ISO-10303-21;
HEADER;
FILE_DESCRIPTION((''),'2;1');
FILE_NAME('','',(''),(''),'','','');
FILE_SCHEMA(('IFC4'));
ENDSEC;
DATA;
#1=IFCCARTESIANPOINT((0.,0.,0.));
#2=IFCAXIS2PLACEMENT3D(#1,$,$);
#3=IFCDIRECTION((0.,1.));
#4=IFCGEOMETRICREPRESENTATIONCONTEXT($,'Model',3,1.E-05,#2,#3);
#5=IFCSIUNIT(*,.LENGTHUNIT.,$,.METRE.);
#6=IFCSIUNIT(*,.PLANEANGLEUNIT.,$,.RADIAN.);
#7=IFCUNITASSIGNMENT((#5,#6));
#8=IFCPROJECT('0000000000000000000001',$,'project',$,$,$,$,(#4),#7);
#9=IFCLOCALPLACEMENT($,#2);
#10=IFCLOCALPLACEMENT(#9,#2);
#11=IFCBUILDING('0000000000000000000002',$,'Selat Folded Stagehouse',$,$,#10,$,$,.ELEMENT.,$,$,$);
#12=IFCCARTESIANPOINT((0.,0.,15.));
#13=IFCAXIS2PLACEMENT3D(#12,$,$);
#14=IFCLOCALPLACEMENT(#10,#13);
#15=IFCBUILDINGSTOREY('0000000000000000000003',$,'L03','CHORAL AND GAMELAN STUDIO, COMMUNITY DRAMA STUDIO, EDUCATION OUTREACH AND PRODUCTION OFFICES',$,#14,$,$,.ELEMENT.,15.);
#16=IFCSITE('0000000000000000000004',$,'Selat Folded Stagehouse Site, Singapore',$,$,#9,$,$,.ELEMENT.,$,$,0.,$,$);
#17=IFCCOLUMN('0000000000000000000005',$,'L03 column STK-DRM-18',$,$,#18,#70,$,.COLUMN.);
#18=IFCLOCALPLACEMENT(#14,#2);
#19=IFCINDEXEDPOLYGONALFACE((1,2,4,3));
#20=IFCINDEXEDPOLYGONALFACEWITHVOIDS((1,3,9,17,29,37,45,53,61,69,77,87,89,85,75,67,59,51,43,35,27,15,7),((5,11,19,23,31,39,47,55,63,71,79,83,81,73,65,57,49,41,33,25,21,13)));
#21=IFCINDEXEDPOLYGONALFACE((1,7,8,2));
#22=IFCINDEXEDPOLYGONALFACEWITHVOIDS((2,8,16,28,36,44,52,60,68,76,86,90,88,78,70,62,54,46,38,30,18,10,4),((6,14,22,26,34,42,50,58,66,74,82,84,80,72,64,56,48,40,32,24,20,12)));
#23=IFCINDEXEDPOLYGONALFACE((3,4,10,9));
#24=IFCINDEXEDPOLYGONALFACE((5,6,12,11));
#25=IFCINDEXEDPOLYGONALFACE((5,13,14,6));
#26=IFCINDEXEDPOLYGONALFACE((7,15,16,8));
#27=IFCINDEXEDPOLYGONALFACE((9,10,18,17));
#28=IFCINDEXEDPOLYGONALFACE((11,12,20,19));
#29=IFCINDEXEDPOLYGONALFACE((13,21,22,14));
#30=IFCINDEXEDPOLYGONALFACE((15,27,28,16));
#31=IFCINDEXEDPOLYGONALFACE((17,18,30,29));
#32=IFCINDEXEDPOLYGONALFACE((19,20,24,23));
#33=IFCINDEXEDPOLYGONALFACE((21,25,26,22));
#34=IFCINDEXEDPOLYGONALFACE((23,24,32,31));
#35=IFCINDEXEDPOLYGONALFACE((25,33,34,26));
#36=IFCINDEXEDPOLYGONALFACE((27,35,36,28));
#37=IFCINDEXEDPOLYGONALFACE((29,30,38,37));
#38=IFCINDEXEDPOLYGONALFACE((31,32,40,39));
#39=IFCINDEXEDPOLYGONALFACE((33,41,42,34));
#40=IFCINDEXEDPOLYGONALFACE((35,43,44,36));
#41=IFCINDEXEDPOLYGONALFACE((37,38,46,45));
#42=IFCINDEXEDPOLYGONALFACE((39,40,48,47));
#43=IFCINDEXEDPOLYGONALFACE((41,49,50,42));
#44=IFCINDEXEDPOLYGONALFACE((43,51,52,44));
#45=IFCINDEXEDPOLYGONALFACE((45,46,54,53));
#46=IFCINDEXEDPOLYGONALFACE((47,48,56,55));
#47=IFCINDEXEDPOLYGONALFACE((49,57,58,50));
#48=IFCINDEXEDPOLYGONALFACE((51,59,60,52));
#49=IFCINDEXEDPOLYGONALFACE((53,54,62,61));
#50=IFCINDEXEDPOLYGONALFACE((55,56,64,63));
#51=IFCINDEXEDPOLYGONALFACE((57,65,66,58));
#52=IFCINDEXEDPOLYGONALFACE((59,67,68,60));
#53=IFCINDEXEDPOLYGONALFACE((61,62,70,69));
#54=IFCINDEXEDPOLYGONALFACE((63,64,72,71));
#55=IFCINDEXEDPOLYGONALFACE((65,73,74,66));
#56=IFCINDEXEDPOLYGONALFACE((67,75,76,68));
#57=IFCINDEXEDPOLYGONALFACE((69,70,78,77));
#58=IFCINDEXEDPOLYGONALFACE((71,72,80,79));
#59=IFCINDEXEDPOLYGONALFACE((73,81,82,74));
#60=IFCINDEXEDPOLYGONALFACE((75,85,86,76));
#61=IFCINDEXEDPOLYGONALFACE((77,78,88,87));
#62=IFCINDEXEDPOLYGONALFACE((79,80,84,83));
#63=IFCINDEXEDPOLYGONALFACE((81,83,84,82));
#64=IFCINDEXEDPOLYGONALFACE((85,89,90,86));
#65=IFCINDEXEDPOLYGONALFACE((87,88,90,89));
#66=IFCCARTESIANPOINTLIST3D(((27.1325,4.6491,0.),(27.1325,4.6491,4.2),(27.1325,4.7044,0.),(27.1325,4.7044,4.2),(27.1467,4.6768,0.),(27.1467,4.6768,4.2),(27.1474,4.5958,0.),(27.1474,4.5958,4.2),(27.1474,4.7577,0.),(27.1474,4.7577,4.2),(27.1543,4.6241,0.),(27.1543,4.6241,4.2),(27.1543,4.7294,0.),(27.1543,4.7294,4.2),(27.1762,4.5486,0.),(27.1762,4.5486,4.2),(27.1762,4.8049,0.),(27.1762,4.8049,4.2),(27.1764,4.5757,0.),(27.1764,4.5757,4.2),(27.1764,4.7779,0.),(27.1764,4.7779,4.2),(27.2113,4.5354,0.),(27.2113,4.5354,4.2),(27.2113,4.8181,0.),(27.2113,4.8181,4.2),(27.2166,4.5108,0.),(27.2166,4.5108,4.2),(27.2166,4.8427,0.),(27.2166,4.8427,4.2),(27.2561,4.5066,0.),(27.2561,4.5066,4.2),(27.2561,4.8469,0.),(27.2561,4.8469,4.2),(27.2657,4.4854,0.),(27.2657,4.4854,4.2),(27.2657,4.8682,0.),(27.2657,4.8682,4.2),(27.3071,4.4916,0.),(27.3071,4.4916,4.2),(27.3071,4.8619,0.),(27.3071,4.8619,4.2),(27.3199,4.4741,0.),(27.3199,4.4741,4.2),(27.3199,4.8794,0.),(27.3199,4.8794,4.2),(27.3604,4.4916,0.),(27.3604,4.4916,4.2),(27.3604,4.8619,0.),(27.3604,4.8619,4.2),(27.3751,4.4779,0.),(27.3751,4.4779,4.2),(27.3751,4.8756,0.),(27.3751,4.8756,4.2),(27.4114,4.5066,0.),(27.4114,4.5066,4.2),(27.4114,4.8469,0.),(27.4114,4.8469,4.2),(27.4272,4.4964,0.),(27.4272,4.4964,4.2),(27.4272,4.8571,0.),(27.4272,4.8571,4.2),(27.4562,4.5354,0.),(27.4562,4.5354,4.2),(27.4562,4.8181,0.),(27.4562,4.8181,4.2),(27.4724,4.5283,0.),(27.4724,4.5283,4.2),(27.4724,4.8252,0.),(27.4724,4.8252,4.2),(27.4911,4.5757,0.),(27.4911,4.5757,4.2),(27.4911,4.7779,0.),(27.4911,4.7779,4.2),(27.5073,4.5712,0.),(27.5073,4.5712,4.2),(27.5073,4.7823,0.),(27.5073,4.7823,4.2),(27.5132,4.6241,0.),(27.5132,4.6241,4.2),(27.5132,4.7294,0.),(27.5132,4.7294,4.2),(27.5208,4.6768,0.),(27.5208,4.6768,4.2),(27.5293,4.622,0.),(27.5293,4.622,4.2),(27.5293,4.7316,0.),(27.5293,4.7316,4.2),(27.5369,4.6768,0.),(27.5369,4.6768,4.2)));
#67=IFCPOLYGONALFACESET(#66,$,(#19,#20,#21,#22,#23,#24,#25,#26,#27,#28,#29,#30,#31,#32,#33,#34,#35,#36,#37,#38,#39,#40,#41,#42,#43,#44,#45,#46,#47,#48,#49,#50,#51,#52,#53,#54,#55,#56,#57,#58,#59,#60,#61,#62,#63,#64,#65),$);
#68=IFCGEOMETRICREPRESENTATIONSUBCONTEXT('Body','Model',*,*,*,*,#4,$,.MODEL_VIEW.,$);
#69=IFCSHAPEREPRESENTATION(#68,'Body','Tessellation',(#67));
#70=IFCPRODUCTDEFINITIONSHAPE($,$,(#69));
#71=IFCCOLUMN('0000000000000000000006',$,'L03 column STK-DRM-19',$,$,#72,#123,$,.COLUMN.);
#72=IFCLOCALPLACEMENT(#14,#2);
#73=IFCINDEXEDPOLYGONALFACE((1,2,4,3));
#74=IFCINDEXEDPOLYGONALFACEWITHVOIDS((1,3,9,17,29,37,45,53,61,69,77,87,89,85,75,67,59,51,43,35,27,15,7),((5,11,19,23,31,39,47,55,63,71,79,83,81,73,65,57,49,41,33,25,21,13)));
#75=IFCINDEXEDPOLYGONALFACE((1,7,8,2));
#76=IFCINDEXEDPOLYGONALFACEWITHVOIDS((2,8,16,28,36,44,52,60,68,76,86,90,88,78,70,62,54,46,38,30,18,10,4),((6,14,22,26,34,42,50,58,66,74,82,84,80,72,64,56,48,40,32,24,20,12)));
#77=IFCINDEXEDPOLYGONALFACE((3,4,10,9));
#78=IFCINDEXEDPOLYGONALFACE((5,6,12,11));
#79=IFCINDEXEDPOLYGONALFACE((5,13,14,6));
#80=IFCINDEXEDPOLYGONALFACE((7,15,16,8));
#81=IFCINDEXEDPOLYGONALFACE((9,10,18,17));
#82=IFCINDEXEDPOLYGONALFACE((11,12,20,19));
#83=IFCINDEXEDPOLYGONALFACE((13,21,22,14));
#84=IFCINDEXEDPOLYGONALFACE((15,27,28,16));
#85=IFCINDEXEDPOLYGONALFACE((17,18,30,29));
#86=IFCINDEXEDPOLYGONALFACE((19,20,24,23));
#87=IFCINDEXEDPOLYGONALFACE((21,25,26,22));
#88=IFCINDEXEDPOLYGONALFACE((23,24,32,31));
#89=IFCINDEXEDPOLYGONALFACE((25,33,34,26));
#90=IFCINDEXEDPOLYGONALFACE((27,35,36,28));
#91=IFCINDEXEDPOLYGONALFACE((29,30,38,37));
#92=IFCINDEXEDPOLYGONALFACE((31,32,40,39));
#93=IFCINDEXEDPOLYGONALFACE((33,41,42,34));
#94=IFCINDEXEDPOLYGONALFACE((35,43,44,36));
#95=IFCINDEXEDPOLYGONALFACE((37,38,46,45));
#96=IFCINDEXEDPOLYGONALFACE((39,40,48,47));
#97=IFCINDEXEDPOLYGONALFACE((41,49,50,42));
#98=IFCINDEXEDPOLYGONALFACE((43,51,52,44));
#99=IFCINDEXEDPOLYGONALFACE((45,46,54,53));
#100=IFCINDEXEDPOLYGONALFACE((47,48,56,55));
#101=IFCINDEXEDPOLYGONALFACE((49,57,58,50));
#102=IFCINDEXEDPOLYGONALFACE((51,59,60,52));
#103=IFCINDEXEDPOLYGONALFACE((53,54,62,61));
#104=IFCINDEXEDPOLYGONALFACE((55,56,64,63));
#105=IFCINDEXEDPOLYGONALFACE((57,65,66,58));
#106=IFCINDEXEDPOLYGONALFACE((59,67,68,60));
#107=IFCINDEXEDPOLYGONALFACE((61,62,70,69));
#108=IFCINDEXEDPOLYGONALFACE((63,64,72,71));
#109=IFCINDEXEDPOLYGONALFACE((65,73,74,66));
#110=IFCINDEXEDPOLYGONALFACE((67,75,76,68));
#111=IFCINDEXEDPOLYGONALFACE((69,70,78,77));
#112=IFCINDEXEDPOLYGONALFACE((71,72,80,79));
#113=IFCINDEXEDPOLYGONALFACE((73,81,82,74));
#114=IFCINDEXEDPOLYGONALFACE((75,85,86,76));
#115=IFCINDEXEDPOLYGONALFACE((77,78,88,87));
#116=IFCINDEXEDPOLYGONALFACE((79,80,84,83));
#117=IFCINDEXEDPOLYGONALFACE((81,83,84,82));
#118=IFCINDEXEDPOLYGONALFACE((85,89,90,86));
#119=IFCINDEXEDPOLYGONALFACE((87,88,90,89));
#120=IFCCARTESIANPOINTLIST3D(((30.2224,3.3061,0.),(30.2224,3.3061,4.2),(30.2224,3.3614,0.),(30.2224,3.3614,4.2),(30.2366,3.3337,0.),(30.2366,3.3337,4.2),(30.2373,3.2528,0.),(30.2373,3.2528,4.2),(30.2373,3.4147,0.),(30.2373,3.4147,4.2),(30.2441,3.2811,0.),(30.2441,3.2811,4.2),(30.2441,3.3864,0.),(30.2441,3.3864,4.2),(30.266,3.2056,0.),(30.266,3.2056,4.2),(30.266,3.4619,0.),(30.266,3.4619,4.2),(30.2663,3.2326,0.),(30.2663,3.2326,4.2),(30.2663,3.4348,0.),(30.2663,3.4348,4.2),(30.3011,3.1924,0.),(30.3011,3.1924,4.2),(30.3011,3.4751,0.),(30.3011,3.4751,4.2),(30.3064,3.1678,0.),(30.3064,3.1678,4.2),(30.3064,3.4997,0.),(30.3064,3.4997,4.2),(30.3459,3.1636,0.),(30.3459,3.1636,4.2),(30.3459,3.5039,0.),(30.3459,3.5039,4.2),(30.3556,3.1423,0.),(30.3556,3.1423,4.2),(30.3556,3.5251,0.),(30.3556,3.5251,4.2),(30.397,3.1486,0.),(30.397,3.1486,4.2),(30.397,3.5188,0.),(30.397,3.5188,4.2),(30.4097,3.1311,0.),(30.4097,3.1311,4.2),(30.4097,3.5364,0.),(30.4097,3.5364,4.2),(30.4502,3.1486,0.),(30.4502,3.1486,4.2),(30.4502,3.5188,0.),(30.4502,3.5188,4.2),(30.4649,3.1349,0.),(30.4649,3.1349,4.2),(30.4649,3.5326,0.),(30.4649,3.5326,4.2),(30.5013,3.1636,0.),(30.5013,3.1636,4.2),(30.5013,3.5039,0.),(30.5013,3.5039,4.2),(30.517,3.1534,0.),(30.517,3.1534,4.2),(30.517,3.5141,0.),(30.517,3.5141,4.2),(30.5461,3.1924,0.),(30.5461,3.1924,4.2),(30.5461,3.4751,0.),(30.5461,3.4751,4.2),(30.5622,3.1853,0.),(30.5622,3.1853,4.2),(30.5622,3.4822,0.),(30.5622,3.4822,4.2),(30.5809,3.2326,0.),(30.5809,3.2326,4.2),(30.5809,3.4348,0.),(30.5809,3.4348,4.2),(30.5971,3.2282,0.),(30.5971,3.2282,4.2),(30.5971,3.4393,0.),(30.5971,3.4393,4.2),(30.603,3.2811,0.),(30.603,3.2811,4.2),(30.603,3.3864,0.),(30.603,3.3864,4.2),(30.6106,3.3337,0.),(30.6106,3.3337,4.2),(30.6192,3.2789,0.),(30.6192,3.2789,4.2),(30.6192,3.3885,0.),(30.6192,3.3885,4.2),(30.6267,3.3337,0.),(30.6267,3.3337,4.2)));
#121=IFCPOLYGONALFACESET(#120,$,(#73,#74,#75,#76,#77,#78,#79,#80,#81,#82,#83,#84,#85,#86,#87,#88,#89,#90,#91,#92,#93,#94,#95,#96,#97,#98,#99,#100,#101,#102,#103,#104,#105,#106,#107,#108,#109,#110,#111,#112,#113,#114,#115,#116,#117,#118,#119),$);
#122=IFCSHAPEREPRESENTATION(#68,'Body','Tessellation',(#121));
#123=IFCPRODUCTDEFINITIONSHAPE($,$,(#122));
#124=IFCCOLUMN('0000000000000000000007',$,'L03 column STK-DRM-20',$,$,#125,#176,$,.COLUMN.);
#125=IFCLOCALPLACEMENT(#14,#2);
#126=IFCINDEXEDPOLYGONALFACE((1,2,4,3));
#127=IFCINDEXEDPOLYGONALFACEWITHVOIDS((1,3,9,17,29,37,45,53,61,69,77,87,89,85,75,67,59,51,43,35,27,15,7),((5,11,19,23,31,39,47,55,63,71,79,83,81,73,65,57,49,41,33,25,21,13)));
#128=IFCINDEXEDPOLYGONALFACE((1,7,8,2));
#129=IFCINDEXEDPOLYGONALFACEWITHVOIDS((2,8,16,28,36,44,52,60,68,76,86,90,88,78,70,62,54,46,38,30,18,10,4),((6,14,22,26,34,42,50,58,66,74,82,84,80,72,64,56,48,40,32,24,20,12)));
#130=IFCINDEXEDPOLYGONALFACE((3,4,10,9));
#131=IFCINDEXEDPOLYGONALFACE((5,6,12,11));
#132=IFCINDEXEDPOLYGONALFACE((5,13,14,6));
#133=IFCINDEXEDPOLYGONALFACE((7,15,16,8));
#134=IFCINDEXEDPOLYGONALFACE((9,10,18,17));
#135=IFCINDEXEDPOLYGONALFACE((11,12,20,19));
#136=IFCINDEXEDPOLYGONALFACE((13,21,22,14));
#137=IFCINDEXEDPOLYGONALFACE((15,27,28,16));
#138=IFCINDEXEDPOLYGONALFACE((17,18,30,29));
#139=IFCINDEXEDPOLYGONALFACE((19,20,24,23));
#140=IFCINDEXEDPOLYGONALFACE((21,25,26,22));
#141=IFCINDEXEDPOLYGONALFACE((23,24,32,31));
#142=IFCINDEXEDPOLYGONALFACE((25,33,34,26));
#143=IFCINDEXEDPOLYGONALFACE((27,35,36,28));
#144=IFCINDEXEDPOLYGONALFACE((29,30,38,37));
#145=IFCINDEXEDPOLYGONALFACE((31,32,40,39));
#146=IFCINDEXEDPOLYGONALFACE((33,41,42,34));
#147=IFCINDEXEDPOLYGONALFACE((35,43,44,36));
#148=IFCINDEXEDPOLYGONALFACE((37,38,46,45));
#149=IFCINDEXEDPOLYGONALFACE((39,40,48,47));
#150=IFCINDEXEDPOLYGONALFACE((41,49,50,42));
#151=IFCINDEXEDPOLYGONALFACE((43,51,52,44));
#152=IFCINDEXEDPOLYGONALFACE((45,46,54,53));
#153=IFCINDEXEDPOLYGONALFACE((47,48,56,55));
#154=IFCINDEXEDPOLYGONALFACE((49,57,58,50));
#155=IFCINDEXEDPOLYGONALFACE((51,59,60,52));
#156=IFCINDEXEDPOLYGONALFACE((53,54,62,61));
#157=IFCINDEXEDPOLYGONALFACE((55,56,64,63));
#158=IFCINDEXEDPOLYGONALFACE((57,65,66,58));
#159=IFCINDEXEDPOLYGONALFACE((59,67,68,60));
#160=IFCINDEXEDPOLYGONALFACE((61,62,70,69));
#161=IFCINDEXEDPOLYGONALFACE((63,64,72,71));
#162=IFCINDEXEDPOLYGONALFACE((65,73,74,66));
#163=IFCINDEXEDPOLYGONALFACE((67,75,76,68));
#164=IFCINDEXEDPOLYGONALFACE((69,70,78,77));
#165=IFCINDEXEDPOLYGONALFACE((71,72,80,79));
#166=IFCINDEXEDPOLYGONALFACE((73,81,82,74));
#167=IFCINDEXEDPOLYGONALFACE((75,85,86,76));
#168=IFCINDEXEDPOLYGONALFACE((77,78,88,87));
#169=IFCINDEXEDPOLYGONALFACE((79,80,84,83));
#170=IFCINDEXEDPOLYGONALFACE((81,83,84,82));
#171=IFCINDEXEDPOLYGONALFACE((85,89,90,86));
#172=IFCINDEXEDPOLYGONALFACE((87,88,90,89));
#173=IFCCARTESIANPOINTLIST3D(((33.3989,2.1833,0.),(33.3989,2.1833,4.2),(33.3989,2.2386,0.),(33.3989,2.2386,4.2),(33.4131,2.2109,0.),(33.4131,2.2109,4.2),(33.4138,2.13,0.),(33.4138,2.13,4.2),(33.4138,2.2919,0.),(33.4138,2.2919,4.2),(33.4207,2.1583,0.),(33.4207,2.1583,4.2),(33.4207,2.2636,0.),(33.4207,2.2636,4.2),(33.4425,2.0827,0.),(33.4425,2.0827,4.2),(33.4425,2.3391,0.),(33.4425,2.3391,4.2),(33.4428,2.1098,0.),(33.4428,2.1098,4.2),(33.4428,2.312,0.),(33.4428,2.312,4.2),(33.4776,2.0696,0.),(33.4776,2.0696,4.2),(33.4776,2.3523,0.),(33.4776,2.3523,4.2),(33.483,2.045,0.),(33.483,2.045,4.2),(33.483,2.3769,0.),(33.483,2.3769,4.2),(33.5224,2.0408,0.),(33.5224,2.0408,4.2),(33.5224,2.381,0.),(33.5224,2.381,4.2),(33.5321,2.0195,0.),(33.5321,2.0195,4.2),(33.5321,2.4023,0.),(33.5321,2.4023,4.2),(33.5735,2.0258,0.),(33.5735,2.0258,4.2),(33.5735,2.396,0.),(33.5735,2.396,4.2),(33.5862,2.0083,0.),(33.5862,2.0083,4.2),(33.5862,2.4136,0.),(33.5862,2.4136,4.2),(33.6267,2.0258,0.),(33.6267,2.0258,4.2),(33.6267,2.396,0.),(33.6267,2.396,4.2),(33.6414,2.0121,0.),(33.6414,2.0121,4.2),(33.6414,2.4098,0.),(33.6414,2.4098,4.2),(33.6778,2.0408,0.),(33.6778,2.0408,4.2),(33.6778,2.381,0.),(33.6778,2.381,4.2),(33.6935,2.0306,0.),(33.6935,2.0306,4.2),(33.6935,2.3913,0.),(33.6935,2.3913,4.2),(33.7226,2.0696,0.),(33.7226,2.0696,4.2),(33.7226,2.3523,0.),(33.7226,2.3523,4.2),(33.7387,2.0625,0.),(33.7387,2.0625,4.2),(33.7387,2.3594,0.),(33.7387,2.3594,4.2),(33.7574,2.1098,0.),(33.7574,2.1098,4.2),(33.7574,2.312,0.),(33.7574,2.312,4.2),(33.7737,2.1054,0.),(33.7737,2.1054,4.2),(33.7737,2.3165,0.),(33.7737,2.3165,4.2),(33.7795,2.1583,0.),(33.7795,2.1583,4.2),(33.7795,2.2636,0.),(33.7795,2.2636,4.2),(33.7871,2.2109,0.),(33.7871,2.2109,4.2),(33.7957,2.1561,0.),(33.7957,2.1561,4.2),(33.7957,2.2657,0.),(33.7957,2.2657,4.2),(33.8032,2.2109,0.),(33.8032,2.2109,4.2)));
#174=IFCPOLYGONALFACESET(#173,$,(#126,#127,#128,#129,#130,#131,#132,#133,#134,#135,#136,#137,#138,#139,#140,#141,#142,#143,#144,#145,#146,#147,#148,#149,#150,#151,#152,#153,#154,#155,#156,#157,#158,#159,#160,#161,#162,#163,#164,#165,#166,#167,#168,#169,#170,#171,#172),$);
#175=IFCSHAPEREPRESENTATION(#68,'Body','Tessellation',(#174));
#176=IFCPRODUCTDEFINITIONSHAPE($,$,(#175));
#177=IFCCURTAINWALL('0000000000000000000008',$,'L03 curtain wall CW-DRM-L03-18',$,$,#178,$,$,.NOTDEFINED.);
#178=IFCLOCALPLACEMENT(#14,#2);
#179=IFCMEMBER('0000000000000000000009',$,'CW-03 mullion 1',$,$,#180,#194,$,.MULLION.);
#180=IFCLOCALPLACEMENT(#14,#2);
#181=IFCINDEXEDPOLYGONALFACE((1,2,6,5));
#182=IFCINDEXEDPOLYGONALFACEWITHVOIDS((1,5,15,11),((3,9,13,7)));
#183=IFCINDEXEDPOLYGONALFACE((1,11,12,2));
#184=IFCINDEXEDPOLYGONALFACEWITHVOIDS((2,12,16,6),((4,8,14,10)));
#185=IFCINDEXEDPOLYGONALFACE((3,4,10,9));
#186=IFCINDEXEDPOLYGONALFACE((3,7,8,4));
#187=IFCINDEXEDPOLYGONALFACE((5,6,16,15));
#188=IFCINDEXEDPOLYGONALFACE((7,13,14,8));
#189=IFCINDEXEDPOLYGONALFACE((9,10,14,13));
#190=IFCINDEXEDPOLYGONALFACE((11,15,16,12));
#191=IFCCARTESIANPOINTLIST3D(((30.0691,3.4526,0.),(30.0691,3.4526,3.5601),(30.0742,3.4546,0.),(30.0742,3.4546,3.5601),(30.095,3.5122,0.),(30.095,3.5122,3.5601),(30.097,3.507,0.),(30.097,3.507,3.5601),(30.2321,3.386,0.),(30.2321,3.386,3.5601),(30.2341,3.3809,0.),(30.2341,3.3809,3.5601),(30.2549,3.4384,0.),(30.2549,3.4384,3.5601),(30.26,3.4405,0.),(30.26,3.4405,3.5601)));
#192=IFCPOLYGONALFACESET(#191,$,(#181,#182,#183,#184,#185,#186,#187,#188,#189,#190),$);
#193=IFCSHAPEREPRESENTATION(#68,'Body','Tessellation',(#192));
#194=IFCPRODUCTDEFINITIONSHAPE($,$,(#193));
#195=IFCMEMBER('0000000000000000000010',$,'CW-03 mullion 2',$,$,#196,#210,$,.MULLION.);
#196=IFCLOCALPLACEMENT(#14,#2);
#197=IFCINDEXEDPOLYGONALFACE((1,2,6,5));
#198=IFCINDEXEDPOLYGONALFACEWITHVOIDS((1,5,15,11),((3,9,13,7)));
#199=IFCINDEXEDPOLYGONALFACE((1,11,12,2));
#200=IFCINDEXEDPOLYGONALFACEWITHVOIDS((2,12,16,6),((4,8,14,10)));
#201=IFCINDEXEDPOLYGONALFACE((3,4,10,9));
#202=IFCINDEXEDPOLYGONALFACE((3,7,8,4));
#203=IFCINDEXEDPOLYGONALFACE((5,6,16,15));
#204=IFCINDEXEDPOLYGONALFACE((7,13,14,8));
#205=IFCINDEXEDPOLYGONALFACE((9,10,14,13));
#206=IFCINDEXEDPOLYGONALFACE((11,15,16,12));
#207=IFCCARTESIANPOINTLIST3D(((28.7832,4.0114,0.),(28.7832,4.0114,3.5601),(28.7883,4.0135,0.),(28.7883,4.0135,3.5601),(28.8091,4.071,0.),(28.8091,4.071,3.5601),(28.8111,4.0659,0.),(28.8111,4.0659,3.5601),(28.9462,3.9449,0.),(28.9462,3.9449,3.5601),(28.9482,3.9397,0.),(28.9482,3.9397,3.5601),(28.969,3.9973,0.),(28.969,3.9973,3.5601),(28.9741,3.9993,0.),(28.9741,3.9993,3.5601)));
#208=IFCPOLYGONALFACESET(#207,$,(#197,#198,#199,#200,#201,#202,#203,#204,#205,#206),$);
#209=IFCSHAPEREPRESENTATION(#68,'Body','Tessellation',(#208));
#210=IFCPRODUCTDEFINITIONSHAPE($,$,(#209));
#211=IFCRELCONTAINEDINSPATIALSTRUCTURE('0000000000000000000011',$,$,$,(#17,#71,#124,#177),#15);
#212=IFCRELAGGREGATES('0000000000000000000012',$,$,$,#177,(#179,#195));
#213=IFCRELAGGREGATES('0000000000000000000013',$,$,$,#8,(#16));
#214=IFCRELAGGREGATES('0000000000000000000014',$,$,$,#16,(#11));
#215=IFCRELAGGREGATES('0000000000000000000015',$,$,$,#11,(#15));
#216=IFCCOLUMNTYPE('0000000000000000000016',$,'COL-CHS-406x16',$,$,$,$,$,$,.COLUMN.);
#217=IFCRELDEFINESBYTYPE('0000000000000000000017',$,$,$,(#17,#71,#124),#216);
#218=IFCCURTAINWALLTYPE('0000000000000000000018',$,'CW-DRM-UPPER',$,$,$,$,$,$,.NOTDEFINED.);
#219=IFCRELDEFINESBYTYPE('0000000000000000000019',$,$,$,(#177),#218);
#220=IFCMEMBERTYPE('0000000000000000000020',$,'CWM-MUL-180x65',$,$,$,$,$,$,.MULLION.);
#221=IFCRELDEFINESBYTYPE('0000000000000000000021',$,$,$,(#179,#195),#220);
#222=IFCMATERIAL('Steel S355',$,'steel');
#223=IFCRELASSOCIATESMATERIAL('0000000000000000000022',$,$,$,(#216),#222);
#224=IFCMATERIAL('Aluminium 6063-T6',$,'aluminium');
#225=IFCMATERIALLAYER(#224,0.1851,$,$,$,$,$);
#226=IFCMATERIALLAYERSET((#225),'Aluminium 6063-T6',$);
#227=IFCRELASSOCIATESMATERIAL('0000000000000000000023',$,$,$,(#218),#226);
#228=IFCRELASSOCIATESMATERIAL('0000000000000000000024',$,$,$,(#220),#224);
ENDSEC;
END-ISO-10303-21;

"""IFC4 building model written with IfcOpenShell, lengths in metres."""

from ifc_helpers import new_model, si_unit, direction, frame, origin, origin_2d, place, context, subcontext, project, spatial, hollow_rectangle, hollow_circle, extrude, material, layer, layer_set, material_profile, profile_set, type_object, element, aggregate, save


model = new_model("IFC4")

# Units and contexts
model_context = context("Model", 3, precision=1e-05, world=origin(), true_north=direction((0.0, 1.0)))
body_context = subcontext(model_context, "Body", "Model", "MODEL_VIEW")
ifc_project = project(units=[si_unit("LENGTHUNIT", "METRE"), si_unit("PLANEANGLEUNIT", "RADIAN")], contexts=[model_context])

# Site, building, storey
site_placement = place(None, origin())
site = spatial("IfcSite", under=ifc_project, at=site_placement, Name="Selat Folded Stagehouse Site, Singapore", CompositionType="ELEMENT", RefElevation=0.0)
building_placement = place(site_placement, origin())
building = spatial("IfcBuilding", under=site, at=building_placement, Name="Selat Folded Stagehouse", CompositionType="ELEMENT")
storey_placement = place(building_placement, frame((0.0, 0.0, 15.0)))
storey = spatial("IfcBuildingStorey", under=building, at=storey_placement, Name="L03", Description="CHORAL AND GAMELAN STUDIO, COMMUNITY DRAMA STUDIO, EDUCATION OUTREACH AND PRODUCTION OFFICES", CompositionType="ELEMENT", Elevation=15.0)

# Columns
ifc_material_1 = material(Name="Steel S355", Category="steel")
ifc_material_profile_1 = material_profile(ifc_material_1, hollow_circle(Radius=0.2031, WallThickness=0.0161, at=origin_2d()), Name="CHS 406.4x16.0")
ifc_profile_set_1 = profile_set([ifc_material_profile_1], Name="Steel S355")
column_type = type_object("IfcColumnType", Name="COL-CHS-406x16", PredefinedType="COLUMN", material=ifc_profile_set_1)
for number, where, z_axis, x_axis, name in (
    (1, (27.3337, 4.6768, 0.0), (0.0, 0.0, 1.0), (1.0, 0.0, 0.0), "L03 column STK-DRM-18"),
    (2, (30.4236, 3.3337, 0.0), (0.0, 0.0, 1.0), (1.0, 0.0, 0.0), "L03 column STK-DRM-19"),
    (3, (33.6001, 2.2109, 0.0), (0.0, 0.0, 1.0), (1.0, 0.0, 0.0), "L03 column STK-DRM-20"),
):
    element("IfcColumn", number, at=place(storey_placement, frame(where, z_axis=z_axis, x_axis=x_axis)), inside=storey, type_object=column_type, Name=name, PredefinedType="COLUMN", context=body_context, shape_type="SweptSolid", body=[
        extrude(hollow_circle(Radius=0.2031, WallThickness=0.0161, at=origin_2d()), origin(), (0.0, 0.0, 1.0), 4.2),
    ])

# Curtain wall, members
ifc_material_2 = material(Name="Aluminium 6063-T6", Category="aluminium")
ifc_layer_1 = layer(ifc_material_2, 0.1851)
ifc_layer_set_1 = layer_set([ifc_layer_1], Name="Aluminium 6063-T6")
curtain_wall_type = type_object("IfcCurtainWallType", Name="CW-DRM-UPPER", PredefinedType="NOTDEFINED", material=ifc_layer_set_1)
curtain_wall_1_placement = place(storey_placement, origin())
curtain_wall_1 = element("IfcCurtainWall", 4, at=curtain_wall_1_placement, inside=storey, type_object=curtain_wall_type, Name="L03 curtain wall CW-DRM-L03-18", PredefinedType="NOTDEFINED")
ifc_material_profile_2 = material_profile(ifc_material_2, hollow_rectangle(XDim=0.0649, YDim=0.1799, WallThickness=0.0039, at=origin_2d()), Name="ALU 180x65x4.0")
ifc_profile_set_2 = profile_set([ifc_material_profile_2], Name="Aluminium 6063-T6")
member_type_1 = type_object("IfcMemberType", Name="CWM-MUL-180x65", PredefinedType="MULLION", material=ifc_profile_set_2)
member_1_placement = place(storey_placement, frame((30.1646, 3.4465, 0.0), z_axis=(0.0, 0.0, 1.0), x_axis=(-0.39858, -0.917134, 0.0)))
member_1 = element("IfcMember", 5, at=member_1_placement, type_object=member_type_1, Name="CW-03 mullion 1", PredefinedType="MULLION", context=body_context, shape_type="SweptSolid", body=[
    extrude(hollow_rectangle(XDim=0.0649, YDim=0.1799, WallThickness=0.0039, at=origin_2d()), origin(), (0.0, 0.0, 1.0), 3.5601),
])
member_2_placement = place(storey_placement, frame((28.8787, 4.0054, 0.0), z_axis=(0.0, 0.0, 1.0), x_axis=(-0.39858, -0.917134, 0.0)))
member_2 = element("IfcMember", 6, at=member_2_placement, type_object=member_type_1, Name="CW-03 mullion 2", PredefinedType="MULLION", context=body_context, shape_type="SweptSolid", body=[
    extrude(hollow_rectangle(XDim=0.0649, YDim=0.1799, WallThickness=0.0039, at=origin_2d()), origin(), (0.0, 0.0, 1.0), 3.5601),
])

aggregate(curtain_wall_1, [member_1, member_2])

save(model, "model.ifc")
